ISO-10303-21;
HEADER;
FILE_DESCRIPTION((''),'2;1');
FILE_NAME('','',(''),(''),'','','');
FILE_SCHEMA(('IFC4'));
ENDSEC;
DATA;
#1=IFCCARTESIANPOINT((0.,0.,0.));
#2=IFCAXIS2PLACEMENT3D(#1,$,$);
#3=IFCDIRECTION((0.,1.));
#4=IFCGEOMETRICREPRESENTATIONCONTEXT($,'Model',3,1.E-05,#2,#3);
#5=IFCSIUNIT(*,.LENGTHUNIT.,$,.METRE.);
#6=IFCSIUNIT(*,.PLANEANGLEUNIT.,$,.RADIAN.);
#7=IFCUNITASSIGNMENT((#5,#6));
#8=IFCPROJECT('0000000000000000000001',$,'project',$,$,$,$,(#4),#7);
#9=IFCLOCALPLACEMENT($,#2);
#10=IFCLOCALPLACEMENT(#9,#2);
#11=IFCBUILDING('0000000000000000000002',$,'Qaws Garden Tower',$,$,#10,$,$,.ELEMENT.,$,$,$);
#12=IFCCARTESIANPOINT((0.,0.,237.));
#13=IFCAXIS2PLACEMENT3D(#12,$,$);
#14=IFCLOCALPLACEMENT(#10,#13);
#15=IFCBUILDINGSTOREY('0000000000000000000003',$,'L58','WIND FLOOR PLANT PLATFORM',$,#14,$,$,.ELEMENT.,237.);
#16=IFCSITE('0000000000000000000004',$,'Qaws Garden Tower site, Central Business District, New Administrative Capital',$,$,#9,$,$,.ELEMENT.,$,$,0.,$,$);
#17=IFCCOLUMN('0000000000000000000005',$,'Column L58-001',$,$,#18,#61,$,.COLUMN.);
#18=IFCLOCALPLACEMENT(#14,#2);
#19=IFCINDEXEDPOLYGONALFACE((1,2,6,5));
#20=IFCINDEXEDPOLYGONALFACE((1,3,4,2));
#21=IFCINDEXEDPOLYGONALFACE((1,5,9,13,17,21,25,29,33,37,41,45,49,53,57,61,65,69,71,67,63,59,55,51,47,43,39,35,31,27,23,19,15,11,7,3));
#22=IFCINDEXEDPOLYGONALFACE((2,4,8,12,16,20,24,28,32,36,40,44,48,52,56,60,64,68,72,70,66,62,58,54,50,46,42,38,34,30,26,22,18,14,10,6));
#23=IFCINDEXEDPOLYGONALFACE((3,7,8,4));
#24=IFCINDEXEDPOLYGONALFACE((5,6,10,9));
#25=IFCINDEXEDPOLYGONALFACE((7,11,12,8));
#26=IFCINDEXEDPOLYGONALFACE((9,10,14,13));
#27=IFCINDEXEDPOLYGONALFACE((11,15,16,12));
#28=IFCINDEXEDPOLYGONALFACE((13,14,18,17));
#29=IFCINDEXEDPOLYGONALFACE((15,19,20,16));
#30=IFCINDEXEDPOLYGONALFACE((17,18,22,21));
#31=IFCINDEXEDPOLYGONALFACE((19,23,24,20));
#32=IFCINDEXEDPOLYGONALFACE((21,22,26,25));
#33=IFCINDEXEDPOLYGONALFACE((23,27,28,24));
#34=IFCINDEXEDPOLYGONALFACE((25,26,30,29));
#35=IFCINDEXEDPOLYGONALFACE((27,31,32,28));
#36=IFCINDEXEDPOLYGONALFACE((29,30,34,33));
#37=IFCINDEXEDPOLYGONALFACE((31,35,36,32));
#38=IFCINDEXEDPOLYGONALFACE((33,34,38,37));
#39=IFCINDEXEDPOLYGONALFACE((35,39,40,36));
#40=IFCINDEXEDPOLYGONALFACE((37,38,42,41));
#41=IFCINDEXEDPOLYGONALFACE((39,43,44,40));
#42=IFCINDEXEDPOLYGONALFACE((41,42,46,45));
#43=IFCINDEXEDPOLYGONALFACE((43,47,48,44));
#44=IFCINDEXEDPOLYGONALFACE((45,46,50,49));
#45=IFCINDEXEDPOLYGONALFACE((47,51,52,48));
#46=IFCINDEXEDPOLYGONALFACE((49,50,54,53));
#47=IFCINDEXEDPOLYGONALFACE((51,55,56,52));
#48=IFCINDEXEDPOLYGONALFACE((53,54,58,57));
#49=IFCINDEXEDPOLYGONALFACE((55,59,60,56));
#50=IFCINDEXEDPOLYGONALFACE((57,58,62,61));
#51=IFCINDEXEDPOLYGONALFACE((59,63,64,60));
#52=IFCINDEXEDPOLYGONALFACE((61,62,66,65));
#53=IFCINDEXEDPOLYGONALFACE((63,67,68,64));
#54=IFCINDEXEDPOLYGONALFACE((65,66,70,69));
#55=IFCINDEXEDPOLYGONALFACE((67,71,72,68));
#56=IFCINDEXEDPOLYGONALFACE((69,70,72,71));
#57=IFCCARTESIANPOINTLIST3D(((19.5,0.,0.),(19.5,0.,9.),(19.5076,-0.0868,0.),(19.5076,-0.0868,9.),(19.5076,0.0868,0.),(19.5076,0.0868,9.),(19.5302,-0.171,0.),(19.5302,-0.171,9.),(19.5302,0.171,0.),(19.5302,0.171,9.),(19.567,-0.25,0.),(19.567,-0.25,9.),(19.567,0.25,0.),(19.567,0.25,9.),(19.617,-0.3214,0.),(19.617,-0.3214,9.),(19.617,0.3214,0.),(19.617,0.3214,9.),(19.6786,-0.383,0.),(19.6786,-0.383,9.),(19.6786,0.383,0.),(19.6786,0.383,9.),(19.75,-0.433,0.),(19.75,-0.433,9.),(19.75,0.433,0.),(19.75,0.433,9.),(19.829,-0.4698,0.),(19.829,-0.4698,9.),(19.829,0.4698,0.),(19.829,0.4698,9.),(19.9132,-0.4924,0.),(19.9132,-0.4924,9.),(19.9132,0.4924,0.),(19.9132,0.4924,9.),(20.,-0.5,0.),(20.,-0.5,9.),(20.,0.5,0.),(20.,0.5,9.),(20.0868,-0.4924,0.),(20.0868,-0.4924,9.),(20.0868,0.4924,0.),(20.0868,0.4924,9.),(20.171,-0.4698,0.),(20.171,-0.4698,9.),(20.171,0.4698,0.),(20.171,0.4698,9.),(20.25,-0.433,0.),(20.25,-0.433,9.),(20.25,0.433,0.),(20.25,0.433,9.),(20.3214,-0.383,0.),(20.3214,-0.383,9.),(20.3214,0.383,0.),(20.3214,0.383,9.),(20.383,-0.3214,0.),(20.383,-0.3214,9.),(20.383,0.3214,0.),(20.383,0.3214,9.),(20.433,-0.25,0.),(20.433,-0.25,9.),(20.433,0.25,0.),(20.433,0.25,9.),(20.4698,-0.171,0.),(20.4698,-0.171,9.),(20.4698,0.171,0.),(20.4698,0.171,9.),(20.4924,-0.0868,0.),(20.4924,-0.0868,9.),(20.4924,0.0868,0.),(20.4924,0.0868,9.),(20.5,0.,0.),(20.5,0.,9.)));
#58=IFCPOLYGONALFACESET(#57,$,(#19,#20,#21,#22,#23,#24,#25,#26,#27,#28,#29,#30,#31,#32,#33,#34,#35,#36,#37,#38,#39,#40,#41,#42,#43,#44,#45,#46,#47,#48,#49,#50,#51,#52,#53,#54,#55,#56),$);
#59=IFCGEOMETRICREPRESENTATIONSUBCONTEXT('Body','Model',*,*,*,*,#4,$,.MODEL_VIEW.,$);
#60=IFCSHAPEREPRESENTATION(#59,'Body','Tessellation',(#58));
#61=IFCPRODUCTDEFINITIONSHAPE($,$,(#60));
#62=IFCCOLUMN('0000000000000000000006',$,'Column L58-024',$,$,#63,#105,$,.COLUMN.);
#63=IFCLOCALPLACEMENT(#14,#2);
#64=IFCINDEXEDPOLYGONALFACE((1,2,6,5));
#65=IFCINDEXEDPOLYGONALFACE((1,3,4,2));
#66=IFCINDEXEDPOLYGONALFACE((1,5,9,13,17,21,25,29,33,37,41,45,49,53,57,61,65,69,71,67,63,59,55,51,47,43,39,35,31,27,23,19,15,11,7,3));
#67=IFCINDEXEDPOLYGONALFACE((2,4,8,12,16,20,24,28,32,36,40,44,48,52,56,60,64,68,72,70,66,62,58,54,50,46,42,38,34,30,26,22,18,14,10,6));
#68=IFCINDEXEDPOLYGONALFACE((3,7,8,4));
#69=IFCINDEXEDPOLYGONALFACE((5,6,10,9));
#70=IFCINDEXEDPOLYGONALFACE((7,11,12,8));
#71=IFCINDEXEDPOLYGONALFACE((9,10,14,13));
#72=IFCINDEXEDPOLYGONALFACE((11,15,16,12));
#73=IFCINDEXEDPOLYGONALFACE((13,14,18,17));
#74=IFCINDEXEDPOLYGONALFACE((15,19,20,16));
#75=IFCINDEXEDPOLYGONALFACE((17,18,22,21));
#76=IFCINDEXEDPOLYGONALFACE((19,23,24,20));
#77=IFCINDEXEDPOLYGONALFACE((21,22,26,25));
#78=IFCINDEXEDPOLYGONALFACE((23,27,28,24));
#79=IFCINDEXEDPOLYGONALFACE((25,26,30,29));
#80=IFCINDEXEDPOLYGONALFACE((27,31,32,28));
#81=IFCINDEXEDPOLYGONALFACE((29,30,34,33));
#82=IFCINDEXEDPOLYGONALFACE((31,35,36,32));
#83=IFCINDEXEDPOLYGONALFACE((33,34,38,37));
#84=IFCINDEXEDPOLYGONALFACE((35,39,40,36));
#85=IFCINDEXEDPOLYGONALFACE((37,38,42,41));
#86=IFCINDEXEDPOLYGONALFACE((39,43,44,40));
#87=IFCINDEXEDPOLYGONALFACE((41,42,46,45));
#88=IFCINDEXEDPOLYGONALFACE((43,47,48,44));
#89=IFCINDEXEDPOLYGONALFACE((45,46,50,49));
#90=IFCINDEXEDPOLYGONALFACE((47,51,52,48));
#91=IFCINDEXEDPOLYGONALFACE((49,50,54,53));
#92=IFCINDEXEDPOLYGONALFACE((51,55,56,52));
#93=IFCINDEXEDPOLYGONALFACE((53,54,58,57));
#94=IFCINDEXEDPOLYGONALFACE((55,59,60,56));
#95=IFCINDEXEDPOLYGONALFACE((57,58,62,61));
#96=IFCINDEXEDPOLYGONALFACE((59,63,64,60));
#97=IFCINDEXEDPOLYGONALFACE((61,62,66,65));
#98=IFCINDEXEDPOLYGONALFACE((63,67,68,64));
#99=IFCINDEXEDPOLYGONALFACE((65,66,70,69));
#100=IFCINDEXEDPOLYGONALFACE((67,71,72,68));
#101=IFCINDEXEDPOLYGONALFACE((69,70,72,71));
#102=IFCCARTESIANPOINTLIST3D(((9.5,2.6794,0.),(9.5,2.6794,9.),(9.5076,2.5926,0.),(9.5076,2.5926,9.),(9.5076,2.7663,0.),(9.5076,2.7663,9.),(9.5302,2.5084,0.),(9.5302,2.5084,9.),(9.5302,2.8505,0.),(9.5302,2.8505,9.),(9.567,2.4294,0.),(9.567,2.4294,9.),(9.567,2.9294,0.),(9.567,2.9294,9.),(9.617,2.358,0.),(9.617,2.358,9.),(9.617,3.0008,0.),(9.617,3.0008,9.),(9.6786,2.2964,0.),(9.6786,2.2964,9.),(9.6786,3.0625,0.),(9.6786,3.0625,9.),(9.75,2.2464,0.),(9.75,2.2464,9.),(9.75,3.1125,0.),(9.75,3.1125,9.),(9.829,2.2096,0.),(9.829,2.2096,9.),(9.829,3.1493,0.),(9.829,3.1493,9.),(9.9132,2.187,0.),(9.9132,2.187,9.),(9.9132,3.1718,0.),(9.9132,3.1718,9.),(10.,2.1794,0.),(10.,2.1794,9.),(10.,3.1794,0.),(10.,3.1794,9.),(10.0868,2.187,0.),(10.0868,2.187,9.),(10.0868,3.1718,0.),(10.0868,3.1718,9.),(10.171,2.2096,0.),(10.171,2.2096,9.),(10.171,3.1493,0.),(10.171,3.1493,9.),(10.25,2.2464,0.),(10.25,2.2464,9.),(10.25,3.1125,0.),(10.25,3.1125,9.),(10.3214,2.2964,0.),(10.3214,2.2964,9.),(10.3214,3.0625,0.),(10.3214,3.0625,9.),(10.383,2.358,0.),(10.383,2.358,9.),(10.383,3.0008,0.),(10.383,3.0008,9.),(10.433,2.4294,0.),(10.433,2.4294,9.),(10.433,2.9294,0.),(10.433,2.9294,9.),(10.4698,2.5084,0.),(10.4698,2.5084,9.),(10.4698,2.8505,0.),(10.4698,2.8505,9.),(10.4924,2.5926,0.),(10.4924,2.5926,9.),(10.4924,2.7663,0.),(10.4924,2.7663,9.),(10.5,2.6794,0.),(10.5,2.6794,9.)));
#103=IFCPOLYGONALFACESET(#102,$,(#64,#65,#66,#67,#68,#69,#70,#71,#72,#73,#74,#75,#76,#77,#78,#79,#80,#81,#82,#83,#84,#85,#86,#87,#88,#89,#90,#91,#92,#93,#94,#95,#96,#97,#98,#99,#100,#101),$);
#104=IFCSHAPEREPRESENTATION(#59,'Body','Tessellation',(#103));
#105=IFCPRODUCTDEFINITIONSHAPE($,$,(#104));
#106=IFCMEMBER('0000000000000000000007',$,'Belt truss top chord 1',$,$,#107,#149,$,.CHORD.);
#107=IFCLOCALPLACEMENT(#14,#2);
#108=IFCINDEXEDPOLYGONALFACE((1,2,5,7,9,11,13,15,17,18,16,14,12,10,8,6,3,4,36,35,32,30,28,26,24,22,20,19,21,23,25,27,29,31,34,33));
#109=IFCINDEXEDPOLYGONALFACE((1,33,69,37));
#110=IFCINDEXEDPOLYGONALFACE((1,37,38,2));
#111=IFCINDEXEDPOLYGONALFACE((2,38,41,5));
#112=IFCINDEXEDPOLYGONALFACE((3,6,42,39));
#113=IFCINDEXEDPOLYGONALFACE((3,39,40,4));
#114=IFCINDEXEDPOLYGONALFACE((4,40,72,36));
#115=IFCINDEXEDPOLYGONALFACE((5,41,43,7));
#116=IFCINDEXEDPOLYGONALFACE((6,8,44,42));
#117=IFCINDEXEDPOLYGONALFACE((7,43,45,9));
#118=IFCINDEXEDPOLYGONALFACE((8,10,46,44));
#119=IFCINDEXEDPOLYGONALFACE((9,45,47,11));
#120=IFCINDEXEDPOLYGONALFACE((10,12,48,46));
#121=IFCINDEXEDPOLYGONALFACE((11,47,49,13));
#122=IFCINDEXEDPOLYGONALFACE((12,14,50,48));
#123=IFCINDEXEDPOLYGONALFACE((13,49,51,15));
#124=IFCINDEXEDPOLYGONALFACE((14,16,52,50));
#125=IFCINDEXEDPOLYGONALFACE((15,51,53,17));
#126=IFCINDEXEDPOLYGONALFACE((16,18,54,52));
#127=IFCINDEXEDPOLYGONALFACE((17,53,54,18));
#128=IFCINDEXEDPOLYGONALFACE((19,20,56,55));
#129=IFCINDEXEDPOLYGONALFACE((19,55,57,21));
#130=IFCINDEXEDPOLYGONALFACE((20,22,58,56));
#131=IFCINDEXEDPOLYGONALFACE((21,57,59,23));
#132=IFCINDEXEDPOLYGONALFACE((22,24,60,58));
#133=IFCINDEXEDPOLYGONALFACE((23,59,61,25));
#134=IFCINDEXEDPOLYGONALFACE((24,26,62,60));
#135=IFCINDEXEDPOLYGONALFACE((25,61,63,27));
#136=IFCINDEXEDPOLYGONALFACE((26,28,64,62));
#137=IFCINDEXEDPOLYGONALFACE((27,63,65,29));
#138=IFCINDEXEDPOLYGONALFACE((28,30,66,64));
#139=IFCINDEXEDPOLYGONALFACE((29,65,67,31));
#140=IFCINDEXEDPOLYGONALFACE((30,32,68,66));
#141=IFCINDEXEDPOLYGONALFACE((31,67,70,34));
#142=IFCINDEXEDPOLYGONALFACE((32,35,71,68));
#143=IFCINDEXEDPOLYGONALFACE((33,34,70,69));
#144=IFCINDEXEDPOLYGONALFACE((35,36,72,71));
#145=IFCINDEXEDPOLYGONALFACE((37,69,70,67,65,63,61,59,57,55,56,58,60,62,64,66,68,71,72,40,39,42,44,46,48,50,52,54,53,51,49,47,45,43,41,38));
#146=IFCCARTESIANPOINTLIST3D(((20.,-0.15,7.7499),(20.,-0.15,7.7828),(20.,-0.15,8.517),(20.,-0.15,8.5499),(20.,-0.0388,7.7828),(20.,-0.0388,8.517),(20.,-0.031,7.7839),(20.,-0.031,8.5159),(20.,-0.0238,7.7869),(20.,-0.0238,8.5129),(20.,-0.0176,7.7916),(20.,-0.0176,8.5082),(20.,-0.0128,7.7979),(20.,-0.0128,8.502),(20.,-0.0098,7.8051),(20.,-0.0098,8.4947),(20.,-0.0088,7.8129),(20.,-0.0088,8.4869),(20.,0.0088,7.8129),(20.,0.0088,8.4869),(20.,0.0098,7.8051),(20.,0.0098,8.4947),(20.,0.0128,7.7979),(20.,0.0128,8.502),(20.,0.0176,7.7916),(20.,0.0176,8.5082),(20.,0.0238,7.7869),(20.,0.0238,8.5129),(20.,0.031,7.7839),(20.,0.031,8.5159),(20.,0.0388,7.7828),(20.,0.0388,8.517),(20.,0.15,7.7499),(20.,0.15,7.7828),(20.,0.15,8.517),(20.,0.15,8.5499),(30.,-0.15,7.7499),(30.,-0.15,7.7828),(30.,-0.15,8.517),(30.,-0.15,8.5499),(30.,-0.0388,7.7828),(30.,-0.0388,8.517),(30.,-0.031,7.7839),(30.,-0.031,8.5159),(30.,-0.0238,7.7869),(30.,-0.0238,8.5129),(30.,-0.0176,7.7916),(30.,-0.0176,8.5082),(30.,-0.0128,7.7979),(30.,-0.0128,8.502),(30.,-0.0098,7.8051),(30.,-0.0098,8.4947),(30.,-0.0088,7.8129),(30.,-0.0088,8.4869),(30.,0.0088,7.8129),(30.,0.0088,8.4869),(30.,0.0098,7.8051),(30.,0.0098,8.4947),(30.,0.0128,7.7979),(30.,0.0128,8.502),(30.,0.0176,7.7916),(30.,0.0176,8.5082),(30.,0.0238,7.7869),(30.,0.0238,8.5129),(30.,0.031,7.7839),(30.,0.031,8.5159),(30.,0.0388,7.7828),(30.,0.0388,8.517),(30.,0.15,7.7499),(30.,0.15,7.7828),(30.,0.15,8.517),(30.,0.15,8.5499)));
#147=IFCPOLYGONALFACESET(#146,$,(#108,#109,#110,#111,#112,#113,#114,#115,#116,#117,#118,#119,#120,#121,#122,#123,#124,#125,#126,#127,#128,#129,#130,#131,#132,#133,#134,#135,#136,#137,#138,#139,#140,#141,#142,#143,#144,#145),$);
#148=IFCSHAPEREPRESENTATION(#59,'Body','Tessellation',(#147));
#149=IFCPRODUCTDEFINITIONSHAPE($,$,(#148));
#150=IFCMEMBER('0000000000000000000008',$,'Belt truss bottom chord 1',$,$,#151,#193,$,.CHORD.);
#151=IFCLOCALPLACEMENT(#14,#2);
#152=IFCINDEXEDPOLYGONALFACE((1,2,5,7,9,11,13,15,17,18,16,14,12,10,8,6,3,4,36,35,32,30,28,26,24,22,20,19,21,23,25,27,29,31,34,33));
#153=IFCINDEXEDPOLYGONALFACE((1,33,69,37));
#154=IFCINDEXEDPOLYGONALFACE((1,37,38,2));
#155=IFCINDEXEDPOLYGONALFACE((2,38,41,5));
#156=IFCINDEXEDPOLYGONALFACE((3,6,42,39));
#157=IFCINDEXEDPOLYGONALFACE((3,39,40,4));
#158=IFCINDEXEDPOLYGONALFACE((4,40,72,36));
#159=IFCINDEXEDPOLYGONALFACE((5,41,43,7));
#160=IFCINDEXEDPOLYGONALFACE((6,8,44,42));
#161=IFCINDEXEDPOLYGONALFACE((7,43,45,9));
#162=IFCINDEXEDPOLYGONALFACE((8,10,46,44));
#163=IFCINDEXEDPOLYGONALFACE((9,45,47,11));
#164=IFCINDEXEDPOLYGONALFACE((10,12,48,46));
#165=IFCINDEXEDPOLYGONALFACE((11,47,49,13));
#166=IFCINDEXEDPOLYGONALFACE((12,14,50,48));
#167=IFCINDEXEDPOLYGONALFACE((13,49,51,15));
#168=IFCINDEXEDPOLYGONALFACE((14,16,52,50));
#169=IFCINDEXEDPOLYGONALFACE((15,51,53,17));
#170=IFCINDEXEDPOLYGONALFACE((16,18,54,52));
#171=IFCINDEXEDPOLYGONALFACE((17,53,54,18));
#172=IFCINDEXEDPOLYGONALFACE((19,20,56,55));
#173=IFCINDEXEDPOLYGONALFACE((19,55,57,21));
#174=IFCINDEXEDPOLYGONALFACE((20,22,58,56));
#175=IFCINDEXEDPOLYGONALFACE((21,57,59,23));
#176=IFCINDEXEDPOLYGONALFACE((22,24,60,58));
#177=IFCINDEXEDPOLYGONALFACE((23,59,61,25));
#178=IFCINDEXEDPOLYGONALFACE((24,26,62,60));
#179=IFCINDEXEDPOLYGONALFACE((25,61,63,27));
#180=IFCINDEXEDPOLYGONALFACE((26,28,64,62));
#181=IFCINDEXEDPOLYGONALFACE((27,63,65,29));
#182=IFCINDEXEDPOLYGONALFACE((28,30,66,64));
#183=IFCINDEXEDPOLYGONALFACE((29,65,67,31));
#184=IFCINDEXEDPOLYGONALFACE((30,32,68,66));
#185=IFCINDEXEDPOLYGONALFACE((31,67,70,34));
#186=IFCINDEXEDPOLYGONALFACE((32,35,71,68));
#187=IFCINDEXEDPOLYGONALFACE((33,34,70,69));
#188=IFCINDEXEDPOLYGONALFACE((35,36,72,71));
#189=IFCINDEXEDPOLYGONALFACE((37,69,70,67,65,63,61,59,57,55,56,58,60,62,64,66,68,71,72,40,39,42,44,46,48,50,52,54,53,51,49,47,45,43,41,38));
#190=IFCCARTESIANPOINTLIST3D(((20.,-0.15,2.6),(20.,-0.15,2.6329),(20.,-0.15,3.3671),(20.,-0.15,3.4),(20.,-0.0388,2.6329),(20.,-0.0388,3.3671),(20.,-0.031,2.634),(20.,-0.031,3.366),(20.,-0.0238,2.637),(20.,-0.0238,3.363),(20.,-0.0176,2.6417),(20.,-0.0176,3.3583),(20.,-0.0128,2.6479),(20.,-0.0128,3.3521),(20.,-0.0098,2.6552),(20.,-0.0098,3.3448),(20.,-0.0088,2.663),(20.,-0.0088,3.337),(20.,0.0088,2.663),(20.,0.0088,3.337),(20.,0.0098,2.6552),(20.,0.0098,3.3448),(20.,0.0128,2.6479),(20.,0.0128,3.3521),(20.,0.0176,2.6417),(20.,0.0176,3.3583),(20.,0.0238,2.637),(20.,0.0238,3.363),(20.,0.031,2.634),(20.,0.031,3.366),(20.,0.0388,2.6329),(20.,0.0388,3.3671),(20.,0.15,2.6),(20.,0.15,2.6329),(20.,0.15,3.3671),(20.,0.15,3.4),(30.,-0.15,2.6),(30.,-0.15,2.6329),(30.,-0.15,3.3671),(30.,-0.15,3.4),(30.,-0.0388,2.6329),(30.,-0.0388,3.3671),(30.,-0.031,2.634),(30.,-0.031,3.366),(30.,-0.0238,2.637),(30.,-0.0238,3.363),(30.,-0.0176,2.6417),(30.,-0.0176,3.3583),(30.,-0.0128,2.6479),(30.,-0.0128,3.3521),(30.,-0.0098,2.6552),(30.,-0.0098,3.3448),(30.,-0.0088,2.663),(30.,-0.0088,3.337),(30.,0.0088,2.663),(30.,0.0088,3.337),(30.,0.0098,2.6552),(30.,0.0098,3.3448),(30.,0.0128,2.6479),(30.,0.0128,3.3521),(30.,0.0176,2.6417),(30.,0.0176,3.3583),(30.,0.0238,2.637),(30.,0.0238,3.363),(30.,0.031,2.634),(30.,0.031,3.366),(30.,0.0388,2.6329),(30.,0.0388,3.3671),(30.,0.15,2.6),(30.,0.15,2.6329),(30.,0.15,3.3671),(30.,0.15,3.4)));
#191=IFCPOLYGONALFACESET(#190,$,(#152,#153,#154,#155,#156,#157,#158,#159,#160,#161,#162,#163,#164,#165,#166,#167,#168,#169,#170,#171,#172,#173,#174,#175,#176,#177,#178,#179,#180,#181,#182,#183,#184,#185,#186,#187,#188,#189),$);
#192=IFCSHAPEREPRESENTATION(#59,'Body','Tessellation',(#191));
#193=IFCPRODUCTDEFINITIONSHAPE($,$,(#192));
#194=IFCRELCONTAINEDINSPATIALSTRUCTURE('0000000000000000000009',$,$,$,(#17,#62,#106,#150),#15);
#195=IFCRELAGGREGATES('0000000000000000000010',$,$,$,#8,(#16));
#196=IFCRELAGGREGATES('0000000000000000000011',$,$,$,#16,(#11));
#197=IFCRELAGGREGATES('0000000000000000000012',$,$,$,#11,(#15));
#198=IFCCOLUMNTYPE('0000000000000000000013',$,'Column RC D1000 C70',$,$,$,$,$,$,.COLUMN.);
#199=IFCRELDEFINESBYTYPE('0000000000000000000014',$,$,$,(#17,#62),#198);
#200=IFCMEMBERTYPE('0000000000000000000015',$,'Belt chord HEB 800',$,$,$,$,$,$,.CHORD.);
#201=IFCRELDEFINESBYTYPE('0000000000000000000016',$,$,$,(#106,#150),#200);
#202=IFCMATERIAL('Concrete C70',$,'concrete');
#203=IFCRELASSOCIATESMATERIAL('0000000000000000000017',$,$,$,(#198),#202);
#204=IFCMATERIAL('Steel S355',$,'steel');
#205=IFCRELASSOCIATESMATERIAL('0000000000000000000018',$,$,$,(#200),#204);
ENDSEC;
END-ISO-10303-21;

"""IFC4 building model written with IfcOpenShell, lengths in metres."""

from ifc_helpers import new_model, si_unit, direction, frame, origin, origin_2d, place, context, subcontext, project, spatial, circle, i_section, extrude, material, material_profile, profile_set, type_object, element, save


model = new_model("IFC4")

# Units and contexts
model_context = context("Model", 3, precision=1e-05, world=origin(), true_north=direction((0.0, 1.0)))
body_context = subcontext(model_context, "Body", "Model", "MODEL_VIEW")
ifc_project = project(units=[si_unit("LENGTHUNIT", "METRE"), si_unit("PLANEANGLEUNIT", "RADIAN")], contexts=[model_context])

# Site, building, storey
site_placement = place(None, origin())
site = spatial("IfcSite", under=ifc_project, at=site_placement, Name="Qaws Garden Tower site, Central Business District, New Administrative Capital", CompositionType="ELEMENT", RefElevation=0.0)
building_placement = place(site_placement, origin())
building = spatial("IfcBuilding", under=site, at=building_placement, Name="Qaws Garden Tower", CompositionType="ELEMENT")
storey_placement = place(building_placement, frame((0.0, 0.0, 237.0)))
storey = spatial("IfcBuildingStorey", under=building, at=storey_placement, Name="L58", Description="WIND FLOOR PLANT PLATFORM", CompositionType="ELEMENT", Elevation=237.0)

# Columns
ifc_material_1 = material(Name="Concrete C70", Category="concrete")
ifc_material_profile_1 = material_profile(ifc_material_1, circle(Radius=0.5, at=origin_2d()), Name="RC D1000")
ifc_profile_set_1 = profile_set([ifc_material_profile_1], Name="Concrete C70")
column_type = type_object("IfcColumnType", Name="Column RC D1000 C70", PredefinedType="COLUMN", material=ifc_profile_set_1)
for number, where, z_axis, x_axis, name in (
    (1, (20.0, 0.0, 0.0), (0.0, 0.0, 1.0), (1.0, 0.0, 0.0), "Column L58-001"),
    (2, (10.0, 2.6794, 0.0), (0.0, 0.0, 1.0), (1.0, 0.0, 0.0), "Column L58-024"),
):
    element("IfcColumn", number, at=place(storey_placement, frame(where, z_axis=z_axis, x_axis=x_axis)), inside=storey, type_object=column_type, Name=name, PredefinedType="COLUMN", context=body_context, shape_type="SweptSolid", body=[
        extrude(circle(Radius=0.5, at=origin_2d()), origin(), (0.0, 0.0, 1.0), 9.0),
    ])

# Members
ifc_material_2 = material(Name="Steel S355", Category="steel")
ifc_material_profile_2 = material_profile(ifc_material_2, i_section(OverallWidth=0.3, OverallDepth=0.8, WebThickness=0.0176, FlangeThickness=0.033, FilletRadius=0.03, at=origin_2d()), Name="HEB 800")
ifc_profile_set_2 = profile_set([ifc_material_profile_2], Name="Steel S355")
member_type_1 = type_object("IfcMemberType", Name="Belt chord HEB 800", PredefinedType="CHORD", material=ifc_profile_set_2)
for number, where, z_axis, x_axis, name in (
    (3, (20.0, 0.0, 8.1499), (1.0, 0.0, 0.0), (0.0, 1.0, 0.0), "Belt truss top chord 1"),
    (4, (20.0, 0.0, 3.0), (1.0, 0.0, 0.0), (0.0, 1.0, 0.0), "Belt truss bottom chord 1"),
):
    element("IfcMember", number, at=place(storey_placement, frame(where, z_axis=z_axis, x_axis=x_axis)), inside=storey, type_object=member_type_1, Name=name, PredefinedType="CHORD", context=body_context, shape_type="SweptSolid", body=[
        extrude(i_section(OverallWidth=0.3, OverallDepth=0.8, WebThickness=0.0176, FlangeThickness=0.033, FilletRadius=0.03, at=origin_2d()), origin(), (0.0, 0.0, 1.0), 10.0),
    ])

save(model, "model.ifc")
